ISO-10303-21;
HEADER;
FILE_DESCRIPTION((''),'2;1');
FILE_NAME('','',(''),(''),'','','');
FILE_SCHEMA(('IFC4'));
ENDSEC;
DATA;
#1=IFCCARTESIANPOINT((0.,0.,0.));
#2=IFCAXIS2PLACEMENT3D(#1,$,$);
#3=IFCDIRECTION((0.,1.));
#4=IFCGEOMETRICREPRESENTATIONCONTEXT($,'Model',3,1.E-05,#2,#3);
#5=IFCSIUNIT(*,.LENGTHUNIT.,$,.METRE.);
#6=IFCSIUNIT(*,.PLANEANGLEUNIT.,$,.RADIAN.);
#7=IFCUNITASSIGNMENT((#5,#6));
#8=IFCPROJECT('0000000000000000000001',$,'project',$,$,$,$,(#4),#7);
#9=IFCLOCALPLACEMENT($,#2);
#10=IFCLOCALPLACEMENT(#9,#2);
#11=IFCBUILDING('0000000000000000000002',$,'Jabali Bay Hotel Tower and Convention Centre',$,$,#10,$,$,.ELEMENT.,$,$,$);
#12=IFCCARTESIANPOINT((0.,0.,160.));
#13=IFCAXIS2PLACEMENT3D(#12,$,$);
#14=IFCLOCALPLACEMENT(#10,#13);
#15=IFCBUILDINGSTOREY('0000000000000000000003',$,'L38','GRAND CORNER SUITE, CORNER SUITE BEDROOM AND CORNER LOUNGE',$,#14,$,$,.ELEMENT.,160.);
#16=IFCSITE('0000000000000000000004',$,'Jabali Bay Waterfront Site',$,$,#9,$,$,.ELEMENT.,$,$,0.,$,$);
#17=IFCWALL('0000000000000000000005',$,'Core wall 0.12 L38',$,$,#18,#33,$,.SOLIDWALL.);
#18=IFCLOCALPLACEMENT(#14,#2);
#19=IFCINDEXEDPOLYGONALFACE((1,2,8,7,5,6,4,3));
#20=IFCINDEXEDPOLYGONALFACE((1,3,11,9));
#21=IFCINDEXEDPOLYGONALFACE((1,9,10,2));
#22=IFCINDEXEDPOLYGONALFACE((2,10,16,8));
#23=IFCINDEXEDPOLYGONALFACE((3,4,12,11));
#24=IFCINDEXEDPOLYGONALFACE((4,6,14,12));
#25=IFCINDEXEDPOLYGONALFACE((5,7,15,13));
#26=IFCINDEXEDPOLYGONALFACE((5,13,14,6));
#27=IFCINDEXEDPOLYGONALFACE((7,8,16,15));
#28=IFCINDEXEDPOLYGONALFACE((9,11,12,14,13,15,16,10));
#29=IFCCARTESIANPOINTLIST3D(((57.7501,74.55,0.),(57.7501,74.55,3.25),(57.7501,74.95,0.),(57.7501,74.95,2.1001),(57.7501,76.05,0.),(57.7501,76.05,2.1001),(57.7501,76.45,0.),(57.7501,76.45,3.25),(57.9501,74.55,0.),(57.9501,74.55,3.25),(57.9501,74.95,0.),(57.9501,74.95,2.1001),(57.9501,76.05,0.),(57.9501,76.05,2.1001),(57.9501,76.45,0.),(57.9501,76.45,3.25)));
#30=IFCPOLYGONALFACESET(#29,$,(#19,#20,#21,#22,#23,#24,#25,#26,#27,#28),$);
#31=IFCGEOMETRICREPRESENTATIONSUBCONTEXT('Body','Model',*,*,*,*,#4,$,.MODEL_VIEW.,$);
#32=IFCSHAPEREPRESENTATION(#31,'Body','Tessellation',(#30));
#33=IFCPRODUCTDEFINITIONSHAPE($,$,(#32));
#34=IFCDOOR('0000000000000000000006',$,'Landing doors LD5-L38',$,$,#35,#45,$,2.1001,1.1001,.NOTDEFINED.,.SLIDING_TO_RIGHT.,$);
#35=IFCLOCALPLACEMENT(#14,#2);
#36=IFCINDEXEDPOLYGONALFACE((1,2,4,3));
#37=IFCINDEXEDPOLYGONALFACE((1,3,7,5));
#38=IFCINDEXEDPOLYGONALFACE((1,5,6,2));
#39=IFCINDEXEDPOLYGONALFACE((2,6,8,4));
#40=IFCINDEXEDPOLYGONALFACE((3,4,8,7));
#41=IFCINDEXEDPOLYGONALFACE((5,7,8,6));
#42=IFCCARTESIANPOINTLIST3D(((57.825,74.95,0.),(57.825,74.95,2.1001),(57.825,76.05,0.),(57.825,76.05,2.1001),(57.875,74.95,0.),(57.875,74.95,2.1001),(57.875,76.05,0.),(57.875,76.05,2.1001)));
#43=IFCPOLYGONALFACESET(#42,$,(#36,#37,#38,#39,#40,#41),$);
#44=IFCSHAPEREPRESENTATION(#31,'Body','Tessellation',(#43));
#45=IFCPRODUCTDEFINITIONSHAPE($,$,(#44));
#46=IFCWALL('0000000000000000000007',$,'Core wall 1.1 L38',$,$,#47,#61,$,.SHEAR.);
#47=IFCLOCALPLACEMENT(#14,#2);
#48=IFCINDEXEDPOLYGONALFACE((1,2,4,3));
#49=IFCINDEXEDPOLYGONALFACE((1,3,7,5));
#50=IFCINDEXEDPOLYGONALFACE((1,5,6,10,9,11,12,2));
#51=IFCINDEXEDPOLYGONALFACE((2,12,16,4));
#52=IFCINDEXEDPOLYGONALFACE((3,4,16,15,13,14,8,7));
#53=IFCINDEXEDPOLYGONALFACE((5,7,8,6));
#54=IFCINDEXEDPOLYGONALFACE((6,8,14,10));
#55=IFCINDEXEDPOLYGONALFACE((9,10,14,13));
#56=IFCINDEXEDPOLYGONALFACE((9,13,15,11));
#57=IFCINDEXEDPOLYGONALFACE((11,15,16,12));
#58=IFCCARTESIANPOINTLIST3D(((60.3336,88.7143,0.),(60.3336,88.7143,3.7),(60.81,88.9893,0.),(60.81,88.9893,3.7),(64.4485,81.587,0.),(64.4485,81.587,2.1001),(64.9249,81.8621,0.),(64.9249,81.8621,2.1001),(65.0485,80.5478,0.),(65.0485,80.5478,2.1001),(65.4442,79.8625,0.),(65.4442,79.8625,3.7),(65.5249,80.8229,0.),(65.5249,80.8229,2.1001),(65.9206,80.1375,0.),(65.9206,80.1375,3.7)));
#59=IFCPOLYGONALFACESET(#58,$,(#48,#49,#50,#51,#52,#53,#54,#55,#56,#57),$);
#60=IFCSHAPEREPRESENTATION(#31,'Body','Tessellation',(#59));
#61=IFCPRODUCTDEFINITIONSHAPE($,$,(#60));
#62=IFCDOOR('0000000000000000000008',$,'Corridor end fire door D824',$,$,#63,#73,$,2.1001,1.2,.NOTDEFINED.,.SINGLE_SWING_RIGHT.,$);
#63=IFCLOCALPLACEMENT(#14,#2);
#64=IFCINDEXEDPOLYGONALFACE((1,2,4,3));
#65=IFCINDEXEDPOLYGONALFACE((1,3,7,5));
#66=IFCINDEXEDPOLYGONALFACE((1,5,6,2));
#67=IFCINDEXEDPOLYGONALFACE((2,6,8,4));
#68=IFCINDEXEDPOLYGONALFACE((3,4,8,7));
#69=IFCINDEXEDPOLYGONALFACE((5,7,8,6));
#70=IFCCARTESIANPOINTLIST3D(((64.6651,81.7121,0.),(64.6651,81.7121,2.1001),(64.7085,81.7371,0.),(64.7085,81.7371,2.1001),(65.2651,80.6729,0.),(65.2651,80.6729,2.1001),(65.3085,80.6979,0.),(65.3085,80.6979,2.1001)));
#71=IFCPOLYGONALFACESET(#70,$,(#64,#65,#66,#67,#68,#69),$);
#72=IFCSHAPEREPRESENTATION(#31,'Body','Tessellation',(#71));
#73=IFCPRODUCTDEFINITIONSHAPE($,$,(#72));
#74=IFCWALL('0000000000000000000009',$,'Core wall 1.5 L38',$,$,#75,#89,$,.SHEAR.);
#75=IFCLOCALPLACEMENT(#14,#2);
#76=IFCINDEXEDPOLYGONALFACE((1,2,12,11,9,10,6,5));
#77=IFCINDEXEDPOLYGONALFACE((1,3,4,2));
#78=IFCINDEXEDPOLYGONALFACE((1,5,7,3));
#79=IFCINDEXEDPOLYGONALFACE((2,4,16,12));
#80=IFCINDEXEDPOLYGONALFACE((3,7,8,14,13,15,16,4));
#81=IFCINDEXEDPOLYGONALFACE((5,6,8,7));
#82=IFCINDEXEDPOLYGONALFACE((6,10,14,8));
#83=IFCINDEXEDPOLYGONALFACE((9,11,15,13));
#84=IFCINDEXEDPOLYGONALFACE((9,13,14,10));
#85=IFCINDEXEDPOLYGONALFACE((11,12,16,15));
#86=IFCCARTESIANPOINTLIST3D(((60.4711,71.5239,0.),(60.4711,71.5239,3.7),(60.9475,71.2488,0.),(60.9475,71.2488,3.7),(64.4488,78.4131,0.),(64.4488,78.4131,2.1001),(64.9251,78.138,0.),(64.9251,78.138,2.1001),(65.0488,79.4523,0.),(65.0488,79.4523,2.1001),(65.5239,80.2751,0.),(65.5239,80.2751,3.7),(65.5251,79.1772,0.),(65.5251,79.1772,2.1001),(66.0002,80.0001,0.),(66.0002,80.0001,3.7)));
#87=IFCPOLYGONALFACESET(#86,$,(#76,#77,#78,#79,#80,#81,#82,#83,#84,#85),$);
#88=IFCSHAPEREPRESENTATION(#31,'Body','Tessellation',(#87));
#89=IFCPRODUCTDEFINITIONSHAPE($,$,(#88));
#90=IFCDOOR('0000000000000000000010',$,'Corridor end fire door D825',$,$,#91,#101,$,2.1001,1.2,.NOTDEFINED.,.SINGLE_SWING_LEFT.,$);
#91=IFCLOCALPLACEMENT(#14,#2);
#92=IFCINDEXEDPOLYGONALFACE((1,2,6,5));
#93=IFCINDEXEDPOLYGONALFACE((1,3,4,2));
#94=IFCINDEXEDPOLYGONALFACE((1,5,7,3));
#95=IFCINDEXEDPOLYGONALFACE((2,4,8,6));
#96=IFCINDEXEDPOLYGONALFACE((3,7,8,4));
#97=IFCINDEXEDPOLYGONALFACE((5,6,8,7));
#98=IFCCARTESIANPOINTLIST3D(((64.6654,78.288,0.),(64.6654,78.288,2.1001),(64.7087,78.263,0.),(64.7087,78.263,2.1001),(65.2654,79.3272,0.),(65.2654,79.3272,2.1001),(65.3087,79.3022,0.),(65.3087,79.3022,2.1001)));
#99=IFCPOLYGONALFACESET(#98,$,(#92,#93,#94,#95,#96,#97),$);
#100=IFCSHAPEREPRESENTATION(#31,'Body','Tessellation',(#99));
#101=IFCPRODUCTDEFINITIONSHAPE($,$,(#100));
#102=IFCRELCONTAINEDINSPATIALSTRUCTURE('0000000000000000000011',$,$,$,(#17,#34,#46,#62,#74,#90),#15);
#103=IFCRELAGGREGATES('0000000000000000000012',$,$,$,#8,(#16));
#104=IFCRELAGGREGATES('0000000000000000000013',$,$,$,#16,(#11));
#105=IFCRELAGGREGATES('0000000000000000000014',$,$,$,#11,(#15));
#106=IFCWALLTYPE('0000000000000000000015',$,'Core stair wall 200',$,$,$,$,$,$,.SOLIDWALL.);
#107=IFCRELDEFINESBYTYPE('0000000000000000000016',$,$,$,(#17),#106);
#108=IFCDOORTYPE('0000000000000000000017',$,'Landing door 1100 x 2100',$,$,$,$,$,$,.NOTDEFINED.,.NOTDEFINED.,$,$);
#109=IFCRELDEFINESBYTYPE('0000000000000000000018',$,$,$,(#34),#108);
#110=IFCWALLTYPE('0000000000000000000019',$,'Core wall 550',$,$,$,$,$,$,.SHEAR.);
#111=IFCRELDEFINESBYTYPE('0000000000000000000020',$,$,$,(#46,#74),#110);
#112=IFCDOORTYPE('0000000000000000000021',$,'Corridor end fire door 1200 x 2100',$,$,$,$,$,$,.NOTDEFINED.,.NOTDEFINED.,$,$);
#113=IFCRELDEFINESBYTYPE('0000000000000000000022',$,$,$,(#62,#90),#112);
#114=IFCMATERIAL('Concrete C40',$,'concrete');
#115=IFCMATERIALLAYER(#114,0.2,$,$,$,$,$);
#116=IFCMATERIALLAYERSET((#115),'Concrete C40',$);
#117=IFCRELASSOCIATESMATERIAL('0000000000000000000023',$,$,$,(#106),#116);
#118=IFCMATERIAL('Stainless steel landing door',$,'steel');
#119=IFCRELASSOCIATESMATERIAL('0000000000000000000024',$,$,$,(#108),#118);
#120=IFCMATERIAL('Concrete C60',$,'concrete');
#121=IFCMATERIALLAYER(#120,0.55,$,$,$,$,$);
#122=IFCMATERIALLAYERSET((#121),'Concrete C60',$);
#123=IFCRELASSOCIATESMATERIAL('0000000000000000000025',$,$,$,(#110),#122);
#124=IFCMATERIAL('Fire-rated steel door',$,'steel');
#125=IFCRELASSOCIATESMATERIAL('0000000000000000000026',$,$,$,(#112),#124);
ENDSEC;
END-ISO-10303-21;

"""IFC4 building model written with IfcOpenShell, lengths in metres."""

from ifc_helpers import new_model, si_unit, direction, frame, frame_2d, origin, place, context, subcontext, project, spatial, rectangle, extrude, material, layer, layer_set, type_object, element, fill, save


model = new_model("IFC4")

# Units and contexts
model_context = context("Model", 3, precision=1e-05, world=origin(), true_north=direction((0.0, 1.0)))
body_context = subcontext(model_context, "Body", "Model", "MODEL_VIEW")
ifc_project = project(units=[si_unit("LENGTHUNIT", "METRE"), si_unit("PLANEANGLEUNIT", "RADIAN")], contexts=[model_context])

# Site, building, storey
site_placement = place(None, origin())
site = spatial("IfcSite", under=ifc_project, at=site_placement, Name="Jabali Bay Waterfront Site", CompositionType="ELEMENT", RefElevation=0.0)
building_placement = place(site_placement, origin())
building = spatial("IfcBuilding", under=site, at=building_placement, Name="Jabali Bay Hotel Tower and Convention Centre", CompositionType="ELEMENT")
storey_placement = place(building_placement, frame((0.0, 0.0, 160.0)))
storey = spatial("IfcBuildingStorey", under=building, at=storey_placement, Name="L38", Description="GRAND CORNER SUITE, CORNER SUITE BEDROOM AND CORNER LOUNGE", CompositionType="ELEMENT", Elevation=160.0)

# Shared definitions
ifc_material_1 = material(Name="Concrete C60", Category="concrete")

# Shared definitions
ifc_material_2 = material(Name="Concrete C40", Category="concrete")
ifc_material_3 = material(Name="Fire-rated steel door", Category="steel")

# Shared definitions
ifc_layer_1 = layer(ifc_material_2, 0.2)
ifc_layer_set_1 = layer_set([ifc_layer_1], Name="Concrete C40")
wall_type_1 = type_object("IfcWallType", Name="Core stair wall 200", PredefinedType="SOLIDWALL", material=ifc_layer_set_1)

# Walls, openings, doors
wall_1_placement = place(storey_placement, frame((57.8501, 76.45, 0.0), z_axis=(0.0, 0.0, 1.0), x_axis=(0.0, -1.0, 0.0)))
wall_1 = element("IfcWall", 1, at=wall_1_placement, inside=storey, type_object=wall_type_1, Name="Core wall 0.12 L38", PredefinedType="SOLIDWALL", context=body_context, shape_type="SweptSolid", body=[
    extrude(rectangle(XDim=1.8999, YDim=0.2, at=frame_2d((0.95, 0.0))), origin(), (0.0, 0.0, 1.0), 3.25),
])
opening_1_placement = place(wall_1_placement, frame((0.3999, 0.0, 0.0)))
opening_1 = element("IfcOpeningElement", 2, at=opening_1_placement, cuts=wall_1, PredefinedType="OPENING", context=body_context, shape_type="SweptSolid", body=[
    extrude(rectangle(XDim=1.1001, YDim=2.1001, at=frame_2d((0.55, 1.05))), frame((0.0, 0.1104, 0.0), z_axis=(0.0, -1.0, 0.0), x_axis=(1.0, 0.0, 0.0)), (0.0, 0.0, 1.0), 0.2209),
])
ifc_material_4 = material(Name="Stainless steel landing door", Category="steel")
door_type_1 = type_object("IfcDoorType", Name="Landing door 1100 x 2100", OperationType="NOTDEFINED", PredefinedType="NOTDEFINED", material=ifc_material_4)
door_1_placement = place(opening_1_placement, origin())
door_1 = element("IfcDoor", 3, at=door_1_placement, inside=storey, type_object=door_type_1, Name="Landing doors LD5-L38", OperationType="SLIDING_TO_RIGHT", OverallHeight=2.1001, OverallWidth=1.1001, PredefinedType="NOTDEFINED", context=body_context, shape_type="SweptSolid", body=[
    extrude(rectangle(XDim=1.1001, YDim=2.1001, at=frame_2d((0.55, 1.05))), frame((0.0, 0.0249, 0.0), z_axis=(0.0, -1.0, 0.0), x_axis=(1.0, 0.0, 0.0)), (0.0, 0.0, 1.0), 0.05),
])
fill(opening_1, door_1)
ifc_layer_2 = layer(ifc_material_1, 0.55)
ifc_layer_set_2 = layer_set([ifc_layer_2], Name="Concrete C60")
wall_type_2 = type_object("IfcWallType", Name="Core wall 550", PredefinedType="SHEAR", material=ifc_layer_set_2)
wall_2_placement = place(storey_placement, frame((65.6824, 80.0, 0.0), z_axis=(0.0, 0.0, 1.0), x_axis=(-0.5, 0.866025, 0.0)))
wall_2 = element("IfcWall", 4, at=wall_2_placement, inside=storey, type_object=wall_type_2, Name="Core wall 1.1 L38", PredefinedType="SHEAR", context=body_context, shape_type="SweptSolid", body=[
    extrude(rectangle(XDim=10.2212, YDim=0.55, at=frame_2d((5.1106, 0.0))), origin(), (0.0, 0.0, 1.0), 3.7),
])
opening_2_placement = place(wall_2_placement, frame((0.7913, 0.0, 0.0)))
opening_2 = element("IfcOpeningElement", 5, at=opening_2_placement, cuts=wall_2, PredefinedType="OPENING", context=body_context, shape_type="SweptSolid", body=[
    extrude(rectangle(XDim=1.2, YDim=2.1001, at=frame_2d((0.6001, 1.05))), frame((0.0, 0.2856, 0.0), z_axis=(0.0, -1.0, 0.0), x_axis=(1.0, 0.0, 0.0)), (0.0, 0.0, 1.0), 0.571),
])
door_type_2 = type_object("IfcDoorType", Name="Corridor end fire door 1200 x 2100", OperationType="NOTDEFINED", PredefinedType="NOTDEFINED", material=ifc_material_3)
door_2_placement = place(opening_2_placement, origin())
door_2 = element("IfcDoor", 6, at=door_2_placement, inside=storey, type_object=door_type_2, Name="Corridor end fire door D824", OperationType="SINGLE_SWING_RIGHT", OverallHeight=2.1001, OverallWidth=1.2, PredefinedType="NOTDEFINED", context=body_context, shape_type="SweptSolid", body=[
    extrude(rectangle(XDim=1.2, YDim=2.1001, at=frame_2d((0.6001, 1.05))), frame((0.0, 0.0249, 0.0), z_axis=(0.0, -1.0, 0.0), x_axis=(1.0, 0.0, 0.0)), (0.0, 0.0, 1.0), 0.05),
])
fill(opening_2, door_2)
wall_3_placement = place(storey_placement, frame((60.7092, 71.3862, 0.0), z_axis=(0.0, 0.0, 1.0), x_axis=(0.500016, 0.866016, 0.0)))
wall_3 = element("IfcWall", 7, at=wall_3_placement, inside=storey, type_object=wall_type_2, Name="Core wall 1.5 L38", PredefinedType="SHEAR", context=body_context, shape_type="SweptSolid", body=[
    extrude(rectangle(XDim=10.1052, YDim=0.55, at=frame_2d((5.0527, 0.0))), origin(), (0.0, 0.0, 1.0), 3.7),
])
opening_3_placement = place(wall_3_placement, frame((7.9551, 0.0, 0.0)))
opening_3 = element("IfcOpeningElement", 8, at=opening_3_placement, cuts=wall_3, PredefinedType="OPENING", context=body_context, shape_type="SweptSolid", body=[
    extrude(rectangle(XDim=1.2, YDim=2.1001, at=frame_2d((0.6001, 1.05))), frame((0.0, 0.2856, 0.0), z_axis=(0.0, -1.0, 0.0), x_axis=(1.0, 0.0, 0.0)), (0.0, 0.0, 1.0), 0.571),
])
door_3_placement = place(opening_3_placement, origin())
door_3 = element("IfcDoor", 9, at=door_3_placement, inside=storey, type_object=door_type_2, Name="Corridor end fire door D825", OperationType="SINGLE_SWING_LEFT", OverallHeight=2.1001, OverallWidth=1.2, PredefinedType="NOTDEFINED", context=body_context, shape_type="SweptSolid", body=[
    extrude(rectangle(XDim=1.2, YDim=2.1001, at=frame_2d((0.6001, 1.05))), frame((0.0, 0.0249, 0.0), z_axis=(0.0, -1.0, 0.0), x_axis=(1.0, 0.0, 0.0)), (0.0, 0.0, 1.0), 0.05),
])
fill(opening_3, door_3)

save(model, "model.ifc")
